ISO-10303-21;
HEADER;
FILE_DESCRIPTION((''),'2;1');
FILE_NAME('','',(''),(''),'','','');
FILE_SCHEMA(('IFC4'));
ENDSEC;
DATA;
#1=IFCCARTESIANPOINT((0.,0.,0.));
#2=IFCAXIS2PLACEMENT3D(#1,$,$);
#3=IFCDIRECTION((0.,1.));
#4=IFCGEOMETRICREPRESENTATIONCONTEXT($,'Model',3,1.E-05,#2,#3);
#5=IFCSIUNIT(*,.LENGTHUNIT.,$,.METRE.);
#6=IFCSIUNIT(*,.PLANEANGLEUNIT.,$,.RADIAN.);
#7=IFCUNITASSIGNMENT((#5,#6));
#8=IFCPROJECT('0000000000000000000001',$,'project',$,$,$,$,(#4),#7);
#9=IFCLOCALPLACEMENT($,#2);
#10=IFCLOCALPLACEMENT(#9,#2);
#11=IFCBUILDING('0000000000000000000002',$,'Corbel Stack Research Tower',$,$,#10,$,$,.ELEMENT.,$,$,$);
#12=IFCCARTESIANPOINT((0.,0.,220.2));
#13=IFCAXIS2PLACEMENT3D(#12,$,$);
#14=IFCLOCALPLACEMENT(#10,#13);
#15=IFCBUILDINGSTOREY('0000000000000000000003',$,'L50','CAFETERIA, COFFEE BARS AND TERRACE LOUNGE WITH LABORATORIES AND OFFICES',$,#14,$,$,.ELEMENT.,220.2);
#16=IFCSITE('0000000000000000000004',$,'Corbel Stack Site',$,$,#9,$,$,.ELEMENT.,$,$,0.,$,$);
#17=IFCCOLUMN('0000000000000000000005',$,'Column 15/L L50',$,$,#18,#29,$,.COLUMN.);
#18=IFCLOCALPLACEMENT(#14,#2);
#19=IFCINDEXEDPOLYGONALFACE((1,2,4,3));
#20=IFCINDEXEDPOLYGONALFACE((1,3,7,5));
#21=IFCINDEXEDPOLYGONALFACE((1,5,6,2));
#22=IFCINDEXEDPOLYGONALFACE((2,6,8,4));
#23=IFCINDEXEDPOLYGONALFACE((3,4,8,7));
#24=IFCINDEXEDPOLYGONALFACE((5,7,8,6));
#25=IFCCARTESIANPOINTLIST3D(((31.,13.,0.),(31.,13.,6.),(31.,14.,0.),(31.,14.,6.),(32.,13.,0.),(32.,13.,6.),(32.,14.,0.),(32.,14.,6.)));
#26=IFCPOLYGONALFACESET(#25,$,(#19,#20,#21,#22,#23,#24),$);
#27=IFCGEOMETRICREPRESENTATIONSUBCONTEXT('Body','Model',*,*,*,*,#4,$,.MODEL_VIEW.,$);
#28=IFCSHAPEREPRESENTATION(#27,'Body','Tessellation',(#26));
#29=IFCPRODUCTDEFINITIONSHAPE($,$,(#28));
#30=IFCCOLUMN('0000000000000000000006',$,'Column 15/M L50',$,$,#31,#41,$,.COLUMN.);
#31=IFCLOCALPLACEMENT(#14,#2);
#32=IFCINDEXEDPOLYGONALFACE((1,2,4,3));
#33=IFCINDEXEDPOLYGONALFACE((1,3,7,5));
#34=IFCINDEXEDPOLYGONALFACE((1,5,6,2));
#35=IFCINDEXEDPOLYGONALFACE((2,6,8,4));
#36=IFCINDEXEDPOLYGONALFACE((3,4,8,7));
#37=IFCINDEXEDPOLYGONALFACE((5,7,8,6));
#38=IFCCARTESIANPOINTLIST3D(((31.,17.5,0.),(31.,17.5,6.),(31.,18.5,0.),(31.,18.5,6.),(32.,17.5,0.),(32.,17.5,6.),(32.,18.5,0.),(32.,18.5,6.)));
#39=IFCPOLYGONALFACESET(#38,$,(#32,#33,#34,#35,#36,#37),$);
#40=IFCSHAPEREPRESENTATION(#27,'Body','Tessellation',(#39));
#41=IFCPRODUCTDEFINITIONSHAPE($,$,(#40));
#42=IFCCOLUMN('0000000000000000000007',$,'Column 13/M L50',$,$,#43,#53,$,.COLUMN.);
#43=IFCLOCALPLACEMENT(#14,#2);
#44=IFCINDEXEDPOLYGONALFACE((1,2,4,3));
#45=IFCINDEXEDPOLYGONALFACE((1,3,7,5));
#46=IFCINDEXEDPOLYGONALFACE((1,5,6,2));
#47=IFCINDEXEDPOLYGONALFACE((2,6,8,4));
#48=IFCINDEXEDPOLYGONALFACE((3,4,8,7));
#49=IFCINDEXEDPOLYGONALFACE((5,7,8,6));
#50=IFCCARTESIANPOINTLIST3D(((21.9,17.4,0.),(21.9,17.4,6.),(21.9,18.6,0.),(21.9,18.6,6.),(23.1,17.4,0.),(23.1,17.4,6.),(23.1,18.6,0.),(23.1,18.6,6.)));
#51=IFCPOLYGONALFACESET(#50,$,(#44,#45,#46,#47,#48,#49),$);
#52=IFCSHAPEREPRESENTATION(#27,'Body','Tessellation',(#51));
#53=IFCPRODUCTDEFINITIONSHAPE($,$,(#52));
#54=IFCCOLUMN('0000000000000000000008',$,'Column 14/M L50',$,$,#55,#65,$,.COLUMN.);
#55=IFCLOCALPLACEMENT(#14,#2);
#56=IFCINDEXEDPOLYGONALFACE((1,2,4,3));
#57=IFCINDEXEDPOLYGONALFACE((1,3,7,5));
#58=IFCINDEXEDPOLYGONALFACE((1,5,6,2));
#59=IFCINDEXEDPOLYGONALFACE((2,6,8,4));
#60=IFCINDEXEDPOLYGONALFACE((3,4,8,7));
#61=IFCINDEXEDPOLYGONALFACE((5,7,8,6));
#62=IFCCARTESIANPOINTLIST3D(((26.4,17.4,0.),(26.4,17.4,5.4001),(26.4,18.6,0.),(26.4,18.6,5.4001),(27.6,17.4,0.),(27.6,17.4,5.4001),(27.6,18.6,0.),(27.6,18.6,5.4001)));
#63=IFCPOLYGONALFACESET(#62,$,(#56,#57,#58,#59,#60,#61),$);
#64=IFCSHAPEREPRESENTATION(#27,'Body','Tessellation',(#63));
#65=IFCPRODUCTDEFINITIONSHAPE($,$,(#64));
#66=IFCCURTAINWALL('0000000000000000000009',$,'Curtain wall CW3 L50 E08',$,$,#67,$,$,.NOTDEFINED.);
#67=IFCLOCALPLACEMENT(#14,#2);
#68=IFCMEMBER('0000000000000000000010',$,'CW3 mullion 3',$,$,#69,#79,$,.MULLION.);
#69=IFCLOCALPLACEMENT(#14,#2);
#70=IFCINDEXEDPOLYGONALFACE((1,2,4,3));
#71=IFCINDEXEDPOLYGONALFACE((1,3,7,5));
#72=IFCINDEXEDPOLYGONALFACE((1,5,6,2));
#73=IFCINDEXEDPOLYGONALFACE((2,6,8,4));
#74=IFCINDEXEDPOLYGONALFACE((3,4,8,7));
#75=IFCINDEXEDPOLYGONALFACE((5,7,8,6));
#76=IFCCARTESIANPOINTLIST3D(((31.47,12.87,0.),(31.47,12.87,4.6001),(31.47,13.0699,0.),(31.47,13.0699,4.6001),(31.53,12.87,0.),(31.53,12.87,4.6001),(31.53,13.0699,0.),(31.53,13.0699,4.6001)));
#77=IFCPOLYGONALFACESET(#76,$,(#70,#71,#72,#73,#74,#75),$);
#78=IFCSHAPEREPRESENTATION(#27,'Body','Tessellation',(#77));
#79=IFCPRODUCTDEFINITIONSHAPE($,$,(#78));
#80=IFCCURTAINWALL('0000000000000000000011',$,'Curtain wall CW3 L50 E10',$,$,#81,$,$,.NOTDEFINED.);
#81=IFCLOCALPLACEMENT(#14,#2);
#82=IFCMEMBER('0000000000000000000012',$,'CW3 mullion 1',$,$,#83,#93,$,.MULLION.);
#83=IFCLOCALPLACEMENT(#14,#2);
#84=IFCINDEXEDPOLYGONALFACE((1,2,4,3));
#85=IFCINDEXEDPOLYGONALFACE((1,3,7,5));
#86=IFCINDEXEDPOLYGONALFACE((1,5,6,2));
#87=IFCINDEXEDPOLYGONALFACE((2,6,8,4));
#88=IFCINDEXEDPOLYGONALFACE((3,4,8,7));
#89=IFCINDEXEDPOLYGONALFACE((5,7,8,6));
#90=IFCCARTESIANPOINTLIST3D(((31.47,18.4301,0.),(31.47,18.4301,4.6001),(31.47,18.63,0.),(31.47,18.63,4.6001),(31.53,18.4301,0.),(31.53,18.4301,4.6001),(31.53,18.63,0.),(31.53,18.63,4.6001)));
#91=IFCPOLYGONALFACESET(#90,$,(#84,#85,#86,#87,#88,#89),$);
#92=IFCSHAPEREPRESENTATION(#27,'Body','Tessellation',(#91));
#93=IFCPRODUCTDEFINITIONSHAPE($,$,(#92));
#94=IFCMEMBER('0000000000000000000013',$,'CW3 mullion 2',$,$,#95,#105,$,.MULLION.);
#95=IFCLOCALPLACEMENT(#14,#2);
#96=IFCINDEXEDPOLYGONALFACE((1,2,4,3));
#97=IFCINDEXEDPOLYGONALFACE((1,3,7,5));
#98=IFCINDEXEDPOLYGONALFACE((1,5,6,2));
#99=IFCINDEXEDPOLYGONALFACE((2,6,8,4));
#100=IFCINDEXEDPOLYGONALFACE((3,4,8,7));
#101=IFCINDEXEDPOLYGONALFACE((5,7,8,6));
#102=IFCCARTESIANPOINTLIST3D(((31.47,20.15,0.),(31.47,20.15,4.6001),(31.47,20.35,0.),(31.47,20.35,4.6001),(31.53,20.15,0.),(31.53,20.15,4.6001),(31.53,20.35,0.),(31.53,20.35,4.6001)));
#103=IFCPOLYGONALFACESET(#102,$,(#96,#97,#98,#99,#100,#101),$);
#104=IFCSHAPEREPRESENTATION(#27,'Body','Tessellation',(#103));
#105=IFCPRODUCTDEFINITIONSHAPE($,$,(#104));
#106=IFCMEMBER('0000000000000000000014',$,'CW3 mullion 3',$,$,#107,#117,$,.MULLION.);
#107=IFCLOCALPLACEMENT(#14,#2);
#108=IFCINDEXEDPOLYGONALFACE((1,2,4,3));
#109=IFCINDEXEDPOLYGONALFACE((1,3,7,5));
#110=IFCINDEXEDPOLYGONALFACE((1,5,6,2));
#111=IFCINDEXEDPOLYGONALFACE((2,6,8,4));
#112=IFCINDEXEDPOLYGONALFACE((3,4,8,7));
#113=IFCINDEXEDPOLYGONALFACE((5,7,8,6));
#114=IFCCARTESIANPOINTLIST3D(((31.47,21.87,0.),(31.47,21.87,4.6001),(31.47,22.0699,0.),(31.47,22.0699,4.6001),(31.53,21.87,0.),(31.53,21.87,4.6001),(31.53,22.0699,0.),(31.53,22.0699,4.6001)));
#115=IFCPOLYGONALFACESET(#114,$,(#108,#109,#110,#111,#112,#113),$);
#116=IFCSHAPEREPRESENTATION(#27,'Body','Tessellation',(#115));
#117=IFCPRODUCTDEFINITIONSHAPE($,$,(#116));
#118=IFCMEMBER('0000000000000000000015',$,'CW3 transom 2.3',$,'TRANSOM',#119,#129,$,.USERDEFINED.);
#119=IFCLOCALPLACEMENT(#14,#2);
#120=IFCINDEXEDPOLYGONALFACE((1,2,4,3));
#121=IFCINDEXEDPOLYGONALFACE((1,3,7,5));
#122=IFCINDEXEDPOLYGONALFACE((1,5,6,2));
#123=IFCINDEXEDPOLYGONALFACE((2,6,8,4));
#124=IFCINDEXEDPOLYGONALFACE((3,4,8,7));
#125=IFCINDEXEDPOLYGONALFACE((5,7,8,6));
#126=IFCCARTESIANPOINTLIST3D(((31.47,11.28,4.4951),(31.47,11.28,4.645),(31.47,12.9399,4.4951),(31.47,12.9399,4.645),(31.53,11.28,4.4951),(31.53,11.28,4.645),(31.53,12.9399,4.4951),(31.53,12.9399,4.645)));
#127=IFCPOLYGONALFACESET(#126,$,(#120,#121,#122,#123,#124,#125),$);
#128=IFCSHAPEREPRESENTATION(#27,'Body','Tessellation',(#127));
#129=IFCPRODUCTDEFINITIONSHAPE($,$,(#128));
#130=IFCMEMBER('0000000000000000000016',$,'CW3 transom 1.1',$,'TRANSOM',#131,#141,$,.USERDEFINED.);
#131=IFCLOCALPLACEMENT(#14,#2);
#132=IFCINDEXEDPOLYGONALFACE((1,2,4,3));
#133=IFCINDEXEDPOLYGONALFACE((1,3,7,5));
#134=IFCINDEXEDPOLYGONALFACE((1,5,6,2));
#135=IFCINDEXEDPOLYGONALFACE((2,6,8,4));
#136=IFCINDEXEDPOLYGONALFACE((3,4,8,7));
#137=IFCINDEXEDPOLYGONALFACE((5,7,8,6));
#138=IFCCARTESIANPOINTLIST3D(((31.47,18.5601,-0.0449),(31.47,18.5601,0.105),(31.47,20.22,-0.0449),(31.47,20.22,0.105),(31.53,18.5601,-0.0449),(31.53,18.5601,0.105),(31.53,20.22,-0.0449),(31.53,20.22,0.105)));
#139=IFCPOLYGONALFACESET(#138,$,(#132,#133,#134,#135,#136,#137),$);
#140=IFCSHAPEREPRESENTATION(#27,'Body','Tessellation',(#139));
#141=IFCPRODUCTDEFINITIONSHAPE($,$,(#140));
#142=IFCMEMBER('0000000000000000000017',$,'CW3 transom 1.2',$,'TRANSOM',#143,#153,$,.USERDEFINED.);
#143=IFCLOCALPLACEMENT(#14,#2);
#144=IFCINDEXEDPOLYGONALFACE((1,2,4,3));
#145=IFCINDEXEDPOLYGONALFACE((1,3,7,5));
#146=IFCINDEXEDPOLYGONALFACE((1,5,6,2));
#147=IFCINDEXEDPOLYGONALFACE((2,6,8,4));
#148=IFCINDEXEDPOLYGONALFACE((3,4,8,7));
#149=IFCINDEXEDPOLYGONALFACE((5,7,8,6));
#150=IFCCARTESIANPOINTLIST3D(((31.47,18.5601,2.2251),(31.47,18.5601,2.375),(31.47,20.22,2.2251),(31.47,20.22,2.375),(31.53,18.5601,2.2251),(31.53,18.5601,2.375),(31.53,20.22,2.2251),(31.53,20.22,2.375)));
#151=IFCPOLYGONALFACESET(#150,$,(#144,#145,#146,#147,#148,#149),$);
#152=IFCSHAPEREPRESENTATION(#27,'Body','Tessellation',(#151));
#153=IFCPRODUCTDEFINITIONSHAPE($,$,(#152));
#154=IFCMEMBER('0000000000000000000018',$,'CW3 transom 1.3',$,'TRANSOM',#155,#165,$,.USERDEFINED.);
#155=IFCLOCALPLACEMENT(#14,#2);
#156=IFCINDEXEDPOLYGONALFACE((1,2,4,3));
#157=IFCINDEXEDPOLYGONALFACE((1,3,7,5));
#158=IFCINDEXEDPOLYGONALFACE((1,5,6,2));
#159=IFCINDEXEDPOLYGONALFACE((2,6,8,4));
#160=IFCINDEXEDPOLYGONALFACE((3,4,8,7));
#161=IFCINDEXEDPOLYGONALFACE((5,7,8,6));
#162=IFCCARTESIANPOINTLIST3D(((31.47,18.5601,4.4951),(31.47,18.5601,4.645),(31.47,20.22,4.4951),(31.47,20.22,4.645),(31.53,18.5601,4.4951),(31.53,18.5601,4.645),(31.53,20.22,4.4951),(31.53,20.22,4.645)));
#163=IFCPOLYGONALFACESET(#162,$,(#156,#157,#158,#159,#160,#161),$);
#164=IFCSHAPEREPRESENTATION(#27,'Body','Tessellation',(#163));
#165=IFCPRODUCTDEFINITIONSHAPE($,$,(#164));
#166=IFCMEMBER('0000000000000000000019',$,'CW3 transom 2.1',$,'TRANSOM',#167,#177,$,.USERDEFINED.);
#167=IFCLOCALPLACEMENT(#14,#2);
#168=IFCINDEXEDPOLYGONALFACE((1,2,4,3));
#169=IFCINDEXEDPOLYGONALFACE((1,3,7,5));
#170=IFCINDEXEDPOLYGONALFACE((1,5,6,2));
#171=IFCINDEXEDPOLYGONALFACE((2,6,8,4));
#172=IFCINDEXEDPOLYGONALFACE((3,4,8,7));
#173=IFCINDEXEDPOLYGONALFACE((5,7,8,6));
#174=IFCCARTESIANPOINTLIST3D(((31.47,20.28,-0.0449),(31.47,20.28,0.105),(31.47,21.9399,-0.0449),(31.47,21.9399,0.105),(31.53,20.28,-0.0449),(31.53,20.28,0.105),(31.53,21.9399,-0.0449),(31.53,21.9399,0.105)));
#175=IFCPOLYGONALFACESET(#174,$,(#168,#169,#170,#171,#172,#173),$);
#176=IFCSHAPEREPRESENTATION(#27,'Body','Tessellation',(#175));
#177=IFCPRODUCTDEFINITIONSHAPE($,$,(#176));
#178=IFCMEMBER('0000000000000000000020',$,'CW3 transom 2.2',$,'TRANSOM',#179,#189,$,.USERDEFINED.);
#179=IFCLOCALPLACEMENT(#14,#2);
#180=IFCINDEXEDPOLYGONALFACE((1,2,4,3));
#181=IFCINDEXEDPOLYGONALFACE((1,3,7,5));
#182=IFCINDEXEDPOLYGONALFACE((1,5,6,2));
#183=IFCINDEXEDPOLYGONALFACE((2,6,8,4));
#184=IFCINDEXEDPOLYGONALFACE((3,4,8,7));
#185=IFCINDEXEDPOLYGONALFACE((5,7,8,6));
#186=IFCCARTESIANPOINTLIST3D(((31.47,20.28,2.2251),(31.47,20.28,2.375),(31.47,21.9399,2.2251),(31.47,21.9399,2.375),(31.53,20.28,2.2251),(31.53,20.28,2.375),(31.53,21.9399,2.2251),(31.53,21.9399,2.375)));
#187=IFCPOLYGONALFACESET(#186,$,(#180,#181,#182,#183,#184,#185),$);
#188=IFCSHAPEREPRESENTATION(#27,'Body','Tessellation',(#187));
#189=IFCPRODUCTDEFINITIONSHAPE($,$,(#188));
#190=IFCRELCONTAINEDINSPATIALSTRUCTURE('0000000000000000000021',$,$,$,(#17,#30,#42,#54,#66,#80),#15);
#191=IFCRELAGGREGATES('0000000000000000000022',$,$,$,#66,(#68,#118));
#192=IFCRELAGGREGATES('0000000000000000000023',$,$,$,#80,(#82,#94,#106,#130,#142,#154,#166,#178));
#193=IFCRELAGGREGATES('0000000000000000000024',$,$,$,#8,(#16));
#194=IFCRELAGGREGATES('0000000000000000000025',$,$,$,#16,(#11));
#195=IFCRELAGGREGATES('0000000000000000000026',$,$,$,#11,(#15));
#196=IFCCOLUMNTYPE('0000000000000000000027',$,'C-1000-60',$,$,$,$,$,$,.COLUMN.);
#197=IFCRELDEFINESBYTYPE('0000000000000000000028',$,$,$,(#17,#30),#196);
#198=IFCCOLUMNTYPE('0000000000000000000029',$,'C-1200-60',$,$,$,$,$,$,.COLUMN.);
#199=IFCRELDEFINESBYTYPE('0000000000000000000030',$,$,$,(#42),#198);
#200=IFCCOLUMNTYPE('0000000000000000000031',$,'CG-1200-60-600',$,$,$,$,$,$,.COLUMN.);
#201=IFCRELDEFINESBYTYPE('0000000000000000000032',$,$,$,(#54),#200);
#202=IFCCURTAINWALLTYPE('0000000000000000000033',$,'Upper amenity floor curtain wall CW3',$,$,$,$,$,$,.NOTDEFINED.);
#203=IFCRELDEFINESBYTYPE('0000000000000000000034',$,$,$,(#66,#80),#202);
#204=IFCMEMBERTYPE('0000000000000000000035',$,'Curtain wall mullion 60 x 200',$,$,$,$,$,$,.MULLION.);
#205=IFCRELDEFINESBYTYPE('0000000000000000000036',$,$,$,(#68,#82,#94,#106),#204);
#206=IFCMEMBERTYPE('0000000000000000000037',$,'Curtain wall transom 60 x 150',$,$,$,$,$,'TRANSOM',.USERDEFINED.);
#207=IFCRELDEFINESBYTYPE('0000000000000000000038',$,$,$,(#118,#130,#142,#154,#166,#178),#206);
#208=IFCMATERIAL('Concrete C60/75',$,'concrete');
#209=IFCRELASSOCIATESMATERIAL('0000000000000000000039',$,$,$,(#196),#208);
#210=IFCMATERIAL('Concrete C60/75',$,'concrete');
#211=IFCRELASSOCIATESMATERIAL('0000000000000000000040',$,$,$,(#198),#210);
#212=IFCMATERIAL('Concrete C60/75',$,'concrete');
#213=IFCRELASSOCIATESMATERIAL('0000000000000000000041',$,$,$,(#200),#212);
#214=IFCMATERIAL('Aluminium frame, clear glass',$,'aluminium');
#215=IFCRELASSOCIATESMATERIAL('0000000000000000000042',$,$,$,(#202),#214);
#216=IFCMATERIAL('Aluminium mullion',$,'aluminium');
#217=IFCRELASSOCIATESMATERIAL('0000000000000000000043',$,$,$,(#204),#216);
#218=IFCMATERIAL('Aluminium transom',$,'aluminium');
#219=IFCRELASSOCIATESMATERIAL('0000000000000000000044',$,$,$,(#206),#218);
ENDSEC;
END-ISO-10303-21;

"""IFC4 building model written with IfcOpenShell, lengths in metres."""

from ifc_helpers import new_model, si_unit, direction, frame, origin, origin_2d, place, context, subcontext, project, spatial, rectangle, extrude, material, material_profile, profile_set, type_object, element, aggregate, save


model = new_model("IFC4")

# Units and contexts
model_context = context("Model", 3, precision=1e-05, world=origin(), true_north=direction((0.0, 1.0)))
body_context = subcontext(model_context, "Body", "Model", "MODEL_VIEW")
ifc_project = project(units=[si_unit("LENGTHUNIT", "METRE"), si_unit("PLANEANGLEUNIT", "RADIAN")], contexts=[model_context])

# Site, building, storey
site_placement = place(None, origin())
site = spatial("IfcSite", under=ifc_project, at=site_placement, Name="Corbel Stack Site", CompositionType="ELEMENT", RefElevation=0.0)
building_placement = place(site_placement, origin())
building = spatial("IfcBuilding", under=site, at=building_placement, Name="Corbel Stack Research Tower", CompositionType="ELEMENT")
storey_placement = place(building_placement, frame((0.0, 0.0, 220.2)))
storey = spatial("IfcBuildingStorey", under=building, at=storey_placement, Name="L50", Description="CAFETERIA, COFFEE BARS AND TERRACE LOUNGE WITH LABORATORIES AND OFFICES", CompositionType="ELEMENT", Elevation=220.2)

# Columns
ifc_material_1 = material(Name="Concrete C60/75", Category="concrete")
ifc_material_profile_1 = material_profile(ifc_material_1, rectangle(XDim=1.0, YDim=1.0, at=origin_2d()), Name="RC 1000 x 1000")
ifc_profile_set_1 = profile_set([ifc_material_profile_1], Name="Concrete C60/75")
column_type_1 = type_object("IfcColumnType", Name="C-1000-60", PredefinedType="COLUMN", material=ifc_profile_set_1)
for number, where, z_axis, x_axis, name in (
    (1, (31.5, 13.5, 0.0), (0.0, 0.0, 1.0), (1.0, 0.0, 0.0), "Column 15/L L50"),
    (2, (31.5, 18.0, 0.0), (0.0, 0.0, 1.0), (1.0, 0.0, 0.0), "Column 15/M L50"),
):
    element("IfcColumn", number, at=place(storey_placement, frame(where, z_axis=z_axis, x_axis=x_axis)), inside=storey, type_object=column_type_1, Name=name, PredefinedType="COLUMN", context=body_context, shape_type="SweptSolid", body=[
        extrude(rectangle(XDim=1.0, YDim=1.0, at=origin_2d()), origin(), (0.0, 0.0, 1.0), 6.0),
    ])
ifc_material_2 = material(Name="Concrete C60/75", Category="concrete")
ifc_material_profile_2 = material_profile(ifc_material_2, rectangle(XDim=1.2, YDim=1.2, at=origin_2d()), Name="RC 1200 x 1200")
ifc_profile_set_2 = profile_set([ifc_material_profile_2], Name="Concrete C60/75")
column_type_2 = type_object("IfcColumnType", Name="C-1200-60", PredefinedType="COLUMN", material=ifc_profile_set_2)
column_1_placement = place(storey_placement, frame((22.5, 18.0, 0.0), z_axis=(0.0, 0.0, 1.0), x_axis=(1.0, 0.0, 0.0)))
element("IfcColumn", 3, at=column_1_placement, inside=storey, type_object=column_type_2, Name="Column 13/M L50", PredefinedType="COLUMN", context=body_context, shape_type="SweptSolid", body=[
    extrude(rectangle(XDim=1.2, YDim=1.2, at=origin_2d()), origin(), (0.0, 0.0, 1.0), 6.0),
])
ifc_material_3 = material(Name="Concrete C60/75", Category="concrete")
ifc_material_profile_3 = material_profile(ifc_material_3, rectangle(XDim=1.2, YDim=1.2, at=origin_2d()), Name="RC 1200 x 1200")
ifc_profile_set_3 = profile_set([ifc_material_profile_3], Name="Concrete C60/75")
column_type_3 = type_object("IfcColumnType", Name="CG-1200-60-600", PredefinedType="COLUMN", material=ifc_profile_set_3)
column_2_placement = place(storey_placement, frame((27.0, 18.0, 0.0), z_axis=(0.0, 0.0, 1.0), x_axis=(1.0, 0.0, 0.0)))
element("IfcColumn", 4, at=column_2_placement, inside=storey, type_object=column_type_3, Name="Column 14/M L50", PredefinedType="COLUMN", context=body_context, shape_type="SweptSolid", body=[
    extrude(rectangle(XDim=1.2, YDim=1.2, at=origin_2d()), origin(), (0.0, 0.0, 1.0), 5.4001),
])

# Curtain wall, member
ifc_material_4 = material(Name="Aluminium frame, clear glass", Category="aluminium")
curtain_wall_type = type_object("IfcCurtainWallType", Name="Upper amenity floor curtain wall CW3", PredefinedType="NOTDEFINED", material=ifc_material_4)
curtain_wall_1_placement = place(storey_placement, origin())
curtain_wall_1 = element("IfcCurtainWall", 5, at=curtain_wall_1_placement, inside=storey, type_object=curtain_wall_type, Name="Curtain wall CW3 L50 E08", PredefinedType="NOTDEFINED")
ifc_material_5 = material(Name="Aluminium mullion", Category="aluminium")
ifc_material_profile_4 = material_profile(ifc_material_5, rectangle(XDim=0.0601, YDim=0.2, at=origin_2d()), Name="Mullion 60 x 200")
ifc_profile_set_4 = profile_set([ifc_material_profile_4], Name="Aluminium mullion")
member_type_1 = type_object("IfcMemberType", Name="Curtain wall mullion 60 x 200", PredefinedType="MULLION", material=ifc_profile_set_4)
member_1_placement = place(storey_placement, frame((31.5, 12.97, 0.0), z_axis=(0.0, 0.0, 1.0), x_axis=(-1.0, 0.0, 0.0)))
member_1 = element("IfcMember", 6, at=member_1_placement, type_object=member_type_1, Name="CW3 mullion 3", PredefinedType="MULLION", context=body_context, shape_type="SweptSolid", body=[
    extrude(rectangle(XDim=0.0601, YDim=0.2, at=origin_2d()), origin(), (0.0, 0.0, 1.0), 4.6001),
])

# Curtain wall, members
curtain_wall_2_placement = place(storey_placement, origin())
curtain_wall_2 = element("IfcCurtainWall", 7, at=curtain_wall_2_placement, inside=storey, type_object=curtain_wall_type, Name="Curtain wall CW3 L50 E10", PredefinedType="NOTDEFINED")
member_2_placement = place(storey_placement, frame((31.5, 18.53, 0.0), z_axis=(0.0, 0.0, 1.0), x_axis=(-1.0, 0.0, 0.0)))
member_2 = element("IfcMember", 8, at=member_2_placement, type_object=member_type_1, Name="CW3 mullion 1", PredefinedType="MULLION", context=body_context, shape_type="SweptSolid", body=[
    extrude(rectangle(XDim=0.0601, YDim=0.2, at=origin_2d()), origin(), (0.0, 0.0, 1.0), 4.6001),
])
member_3_placement = place(storey_placement, frame((31.5, 20.25, 0.0), z_axis=(0.0, 0.0, 1.0), x_axis=(-1.0, 0.0, 0.0)))
member_3 = element("IfcMember", 9, at=member_3_placement, type_object=member_type_1, Name="CW3 mullion 2", PredefinedType="MULLION", context=body_context, shape_type="SweptSolid", body=[
    extrude(rectangle(XDim=0.0601, YDim=0.2, at=origin_2d()), origin(), (0.0, 0.0, 1.0), 4.6001),
])
member_4_placement = place(storey_placement, frame((31.5, 21.97, 0.0), z_axis=(0.0, 0.0, 1.0), x_axis=(-1.0, 0.0, 0.0)))
member_4 = element("IfcMember", 10, at=member_4_placement, type_object=member_type_1, Name="CW3 mullion 3", PredefinedType="MULLION", context=body_context, shape_type="SweptSolid", body=[
    extrude(rectangle(XDim=0.0601, YDim=0.2, at=origin_2d()), origin(), (0.0, 0.0, 1.0), 4.6001),
])

# Members
ifc_material_6 = material(Name="Aluminium transom", Category="aluminium")
ifc_material_profile_5 = material_profile(ifc_material_6, rectangle(XDim=0.0601, YDim=0.1499, at=origin_2d()), Name="Transom 60 x 150")
ifc_profile_set_5 = profile_set([ifc_material_profile_5], Name="Aluminium transom")
member_type_2 = type_object("IfcMemberType", Name="Curtain wall transom 60 x 150", ElementType="TRANSOM", PredefinedType="USERDEFINED", material=ifc_profile_set_5)
member_5_placement = place(storey_placement, frame((31.5, 11.28, 4.5701), z_axis=(0.0, 1.0, 0.0), x_axis=(-1.0, 0.0, 0.0)))
member_5 = element("IfcMember", 11, at=member_5_placement, type_object=member_type_2, Name="CW3 transom 2.3", ObjectType="TRANSOM", PredefinedType="USERDEFINED", context=body_context, shape_type="SweptSolid", body=[
    extrude(rectangle(XDim=0.0601, YDim=0.1499, at=origin_2d()), origin(), (0.0, 0.0, 1.0), 1.6599),
])
member_6_placement = place(storey_placement, frame((31.5, 18.5601, 0.03), z_axis=(0.0, 1.0, 0.0), x_axis=(-1.0, 0.0, 0.0)))
member_6 = element("IfcMember", 12, at=member_6_placement, type_object=member_type_2, Name="CW3 transom 1.1", ObjectType="TRANSOM", PredefinedType="USERDEFINED", context=body_context, shape_type="SweptSolid", body=[
    extrude(rectangle(XDim=0.0601, YDim=0.1499, at=origin_2d()), origin(), (0.0, 0.0, 1.0), 1.6599),
])
member_7_placement = place(storey_placement, frame((31.5, 18.5601, 2.3), z_axis=(0.0, 1.0, 0.0), x_axis=(-1.0, 0.0, 0.0)))
member_7 = element("IfcMember", 13, at=member_7_placement, type_object=member_type_2, Name="CW3 transom 1.2", ObjectType="TRANSOM", PredefinedType="USERDEFINED", context=body_context, shape_type="SweptSolid", body=[
    extrude(rectangle(XDim=0.0601, YDim=0.1499, at=origin_2d()), origin(), (0.0, 0.0, 1.0), 1.6599),
])
member_8_placement = place(storey_placement, frame((31.5, 18.5601, 4.5701), z_axis=(0.0, 1.0, 0.0), x_axis=(-1.0, 0.0, 0.0)))
member_8 = element("IfcMember", 14, at=member_8_placement, type_object=member_type_2, Name="CW3 transom 1.3", ObjectType="TRANSOM", PredefinedType="USERDEFINED", context=body_context, shape_type="SweptSolid", body=[
    extrude(rectangle(XDim=0.0601, YDim=0.1499, at=origin_2d()), origin(), (0.0, 0.0, 1.0), 1.6599),
])
member_9_placement = place(storey_placement, frame((31.5, 20.28, 0.03), z_axis=(0.0, 1.0, 0.0), x_axis=(-1.0, 0.0, 0.0)))
member_9 = element("IfcMember", 15, at=member_9_placement, type_object=member_type_2, Name="CW3 transom 2.1", ObjectType="TRANSOM", PredefinedType="USERDEFINED", context=body_context, shape_type="SweptSolid", body=[
    extrude(rectangle(XDim=0.0601, YDim=0.1499, at=origin_2d()), origin(), (0.0, 0.0, 1.0), 1.6599),
])
member_10_placement = place(storey_placement, frame((31.5, 20.28, 2.3), z_axis=(0.0, 1.0, 0.0), x_axis=(-1.0, 0.0, 0.0)))
member_10 = element("IfcMember", 16, at=member_10_placement, type_object=member_type_2, Name="CW3 transom 2.2", ObjectType="TRANSOM", PredefinedType="USERDEFINED", context=body_context, shape_type="SweptSolid", body=[
    extrude(rectangle(XDim=0.0601, YDim=0.1499, at=origin_2d()), origin(), (0.0, 0.0, 1.0), 1.6599),
])

aggregate(curtain_wall_1, [member_1, member_5])
aggregate(curtain_wall_2, [member_2, member_3, member_4, member_6, member_7, member_8, member_9, member_10])

save(model, "model.ifc")
